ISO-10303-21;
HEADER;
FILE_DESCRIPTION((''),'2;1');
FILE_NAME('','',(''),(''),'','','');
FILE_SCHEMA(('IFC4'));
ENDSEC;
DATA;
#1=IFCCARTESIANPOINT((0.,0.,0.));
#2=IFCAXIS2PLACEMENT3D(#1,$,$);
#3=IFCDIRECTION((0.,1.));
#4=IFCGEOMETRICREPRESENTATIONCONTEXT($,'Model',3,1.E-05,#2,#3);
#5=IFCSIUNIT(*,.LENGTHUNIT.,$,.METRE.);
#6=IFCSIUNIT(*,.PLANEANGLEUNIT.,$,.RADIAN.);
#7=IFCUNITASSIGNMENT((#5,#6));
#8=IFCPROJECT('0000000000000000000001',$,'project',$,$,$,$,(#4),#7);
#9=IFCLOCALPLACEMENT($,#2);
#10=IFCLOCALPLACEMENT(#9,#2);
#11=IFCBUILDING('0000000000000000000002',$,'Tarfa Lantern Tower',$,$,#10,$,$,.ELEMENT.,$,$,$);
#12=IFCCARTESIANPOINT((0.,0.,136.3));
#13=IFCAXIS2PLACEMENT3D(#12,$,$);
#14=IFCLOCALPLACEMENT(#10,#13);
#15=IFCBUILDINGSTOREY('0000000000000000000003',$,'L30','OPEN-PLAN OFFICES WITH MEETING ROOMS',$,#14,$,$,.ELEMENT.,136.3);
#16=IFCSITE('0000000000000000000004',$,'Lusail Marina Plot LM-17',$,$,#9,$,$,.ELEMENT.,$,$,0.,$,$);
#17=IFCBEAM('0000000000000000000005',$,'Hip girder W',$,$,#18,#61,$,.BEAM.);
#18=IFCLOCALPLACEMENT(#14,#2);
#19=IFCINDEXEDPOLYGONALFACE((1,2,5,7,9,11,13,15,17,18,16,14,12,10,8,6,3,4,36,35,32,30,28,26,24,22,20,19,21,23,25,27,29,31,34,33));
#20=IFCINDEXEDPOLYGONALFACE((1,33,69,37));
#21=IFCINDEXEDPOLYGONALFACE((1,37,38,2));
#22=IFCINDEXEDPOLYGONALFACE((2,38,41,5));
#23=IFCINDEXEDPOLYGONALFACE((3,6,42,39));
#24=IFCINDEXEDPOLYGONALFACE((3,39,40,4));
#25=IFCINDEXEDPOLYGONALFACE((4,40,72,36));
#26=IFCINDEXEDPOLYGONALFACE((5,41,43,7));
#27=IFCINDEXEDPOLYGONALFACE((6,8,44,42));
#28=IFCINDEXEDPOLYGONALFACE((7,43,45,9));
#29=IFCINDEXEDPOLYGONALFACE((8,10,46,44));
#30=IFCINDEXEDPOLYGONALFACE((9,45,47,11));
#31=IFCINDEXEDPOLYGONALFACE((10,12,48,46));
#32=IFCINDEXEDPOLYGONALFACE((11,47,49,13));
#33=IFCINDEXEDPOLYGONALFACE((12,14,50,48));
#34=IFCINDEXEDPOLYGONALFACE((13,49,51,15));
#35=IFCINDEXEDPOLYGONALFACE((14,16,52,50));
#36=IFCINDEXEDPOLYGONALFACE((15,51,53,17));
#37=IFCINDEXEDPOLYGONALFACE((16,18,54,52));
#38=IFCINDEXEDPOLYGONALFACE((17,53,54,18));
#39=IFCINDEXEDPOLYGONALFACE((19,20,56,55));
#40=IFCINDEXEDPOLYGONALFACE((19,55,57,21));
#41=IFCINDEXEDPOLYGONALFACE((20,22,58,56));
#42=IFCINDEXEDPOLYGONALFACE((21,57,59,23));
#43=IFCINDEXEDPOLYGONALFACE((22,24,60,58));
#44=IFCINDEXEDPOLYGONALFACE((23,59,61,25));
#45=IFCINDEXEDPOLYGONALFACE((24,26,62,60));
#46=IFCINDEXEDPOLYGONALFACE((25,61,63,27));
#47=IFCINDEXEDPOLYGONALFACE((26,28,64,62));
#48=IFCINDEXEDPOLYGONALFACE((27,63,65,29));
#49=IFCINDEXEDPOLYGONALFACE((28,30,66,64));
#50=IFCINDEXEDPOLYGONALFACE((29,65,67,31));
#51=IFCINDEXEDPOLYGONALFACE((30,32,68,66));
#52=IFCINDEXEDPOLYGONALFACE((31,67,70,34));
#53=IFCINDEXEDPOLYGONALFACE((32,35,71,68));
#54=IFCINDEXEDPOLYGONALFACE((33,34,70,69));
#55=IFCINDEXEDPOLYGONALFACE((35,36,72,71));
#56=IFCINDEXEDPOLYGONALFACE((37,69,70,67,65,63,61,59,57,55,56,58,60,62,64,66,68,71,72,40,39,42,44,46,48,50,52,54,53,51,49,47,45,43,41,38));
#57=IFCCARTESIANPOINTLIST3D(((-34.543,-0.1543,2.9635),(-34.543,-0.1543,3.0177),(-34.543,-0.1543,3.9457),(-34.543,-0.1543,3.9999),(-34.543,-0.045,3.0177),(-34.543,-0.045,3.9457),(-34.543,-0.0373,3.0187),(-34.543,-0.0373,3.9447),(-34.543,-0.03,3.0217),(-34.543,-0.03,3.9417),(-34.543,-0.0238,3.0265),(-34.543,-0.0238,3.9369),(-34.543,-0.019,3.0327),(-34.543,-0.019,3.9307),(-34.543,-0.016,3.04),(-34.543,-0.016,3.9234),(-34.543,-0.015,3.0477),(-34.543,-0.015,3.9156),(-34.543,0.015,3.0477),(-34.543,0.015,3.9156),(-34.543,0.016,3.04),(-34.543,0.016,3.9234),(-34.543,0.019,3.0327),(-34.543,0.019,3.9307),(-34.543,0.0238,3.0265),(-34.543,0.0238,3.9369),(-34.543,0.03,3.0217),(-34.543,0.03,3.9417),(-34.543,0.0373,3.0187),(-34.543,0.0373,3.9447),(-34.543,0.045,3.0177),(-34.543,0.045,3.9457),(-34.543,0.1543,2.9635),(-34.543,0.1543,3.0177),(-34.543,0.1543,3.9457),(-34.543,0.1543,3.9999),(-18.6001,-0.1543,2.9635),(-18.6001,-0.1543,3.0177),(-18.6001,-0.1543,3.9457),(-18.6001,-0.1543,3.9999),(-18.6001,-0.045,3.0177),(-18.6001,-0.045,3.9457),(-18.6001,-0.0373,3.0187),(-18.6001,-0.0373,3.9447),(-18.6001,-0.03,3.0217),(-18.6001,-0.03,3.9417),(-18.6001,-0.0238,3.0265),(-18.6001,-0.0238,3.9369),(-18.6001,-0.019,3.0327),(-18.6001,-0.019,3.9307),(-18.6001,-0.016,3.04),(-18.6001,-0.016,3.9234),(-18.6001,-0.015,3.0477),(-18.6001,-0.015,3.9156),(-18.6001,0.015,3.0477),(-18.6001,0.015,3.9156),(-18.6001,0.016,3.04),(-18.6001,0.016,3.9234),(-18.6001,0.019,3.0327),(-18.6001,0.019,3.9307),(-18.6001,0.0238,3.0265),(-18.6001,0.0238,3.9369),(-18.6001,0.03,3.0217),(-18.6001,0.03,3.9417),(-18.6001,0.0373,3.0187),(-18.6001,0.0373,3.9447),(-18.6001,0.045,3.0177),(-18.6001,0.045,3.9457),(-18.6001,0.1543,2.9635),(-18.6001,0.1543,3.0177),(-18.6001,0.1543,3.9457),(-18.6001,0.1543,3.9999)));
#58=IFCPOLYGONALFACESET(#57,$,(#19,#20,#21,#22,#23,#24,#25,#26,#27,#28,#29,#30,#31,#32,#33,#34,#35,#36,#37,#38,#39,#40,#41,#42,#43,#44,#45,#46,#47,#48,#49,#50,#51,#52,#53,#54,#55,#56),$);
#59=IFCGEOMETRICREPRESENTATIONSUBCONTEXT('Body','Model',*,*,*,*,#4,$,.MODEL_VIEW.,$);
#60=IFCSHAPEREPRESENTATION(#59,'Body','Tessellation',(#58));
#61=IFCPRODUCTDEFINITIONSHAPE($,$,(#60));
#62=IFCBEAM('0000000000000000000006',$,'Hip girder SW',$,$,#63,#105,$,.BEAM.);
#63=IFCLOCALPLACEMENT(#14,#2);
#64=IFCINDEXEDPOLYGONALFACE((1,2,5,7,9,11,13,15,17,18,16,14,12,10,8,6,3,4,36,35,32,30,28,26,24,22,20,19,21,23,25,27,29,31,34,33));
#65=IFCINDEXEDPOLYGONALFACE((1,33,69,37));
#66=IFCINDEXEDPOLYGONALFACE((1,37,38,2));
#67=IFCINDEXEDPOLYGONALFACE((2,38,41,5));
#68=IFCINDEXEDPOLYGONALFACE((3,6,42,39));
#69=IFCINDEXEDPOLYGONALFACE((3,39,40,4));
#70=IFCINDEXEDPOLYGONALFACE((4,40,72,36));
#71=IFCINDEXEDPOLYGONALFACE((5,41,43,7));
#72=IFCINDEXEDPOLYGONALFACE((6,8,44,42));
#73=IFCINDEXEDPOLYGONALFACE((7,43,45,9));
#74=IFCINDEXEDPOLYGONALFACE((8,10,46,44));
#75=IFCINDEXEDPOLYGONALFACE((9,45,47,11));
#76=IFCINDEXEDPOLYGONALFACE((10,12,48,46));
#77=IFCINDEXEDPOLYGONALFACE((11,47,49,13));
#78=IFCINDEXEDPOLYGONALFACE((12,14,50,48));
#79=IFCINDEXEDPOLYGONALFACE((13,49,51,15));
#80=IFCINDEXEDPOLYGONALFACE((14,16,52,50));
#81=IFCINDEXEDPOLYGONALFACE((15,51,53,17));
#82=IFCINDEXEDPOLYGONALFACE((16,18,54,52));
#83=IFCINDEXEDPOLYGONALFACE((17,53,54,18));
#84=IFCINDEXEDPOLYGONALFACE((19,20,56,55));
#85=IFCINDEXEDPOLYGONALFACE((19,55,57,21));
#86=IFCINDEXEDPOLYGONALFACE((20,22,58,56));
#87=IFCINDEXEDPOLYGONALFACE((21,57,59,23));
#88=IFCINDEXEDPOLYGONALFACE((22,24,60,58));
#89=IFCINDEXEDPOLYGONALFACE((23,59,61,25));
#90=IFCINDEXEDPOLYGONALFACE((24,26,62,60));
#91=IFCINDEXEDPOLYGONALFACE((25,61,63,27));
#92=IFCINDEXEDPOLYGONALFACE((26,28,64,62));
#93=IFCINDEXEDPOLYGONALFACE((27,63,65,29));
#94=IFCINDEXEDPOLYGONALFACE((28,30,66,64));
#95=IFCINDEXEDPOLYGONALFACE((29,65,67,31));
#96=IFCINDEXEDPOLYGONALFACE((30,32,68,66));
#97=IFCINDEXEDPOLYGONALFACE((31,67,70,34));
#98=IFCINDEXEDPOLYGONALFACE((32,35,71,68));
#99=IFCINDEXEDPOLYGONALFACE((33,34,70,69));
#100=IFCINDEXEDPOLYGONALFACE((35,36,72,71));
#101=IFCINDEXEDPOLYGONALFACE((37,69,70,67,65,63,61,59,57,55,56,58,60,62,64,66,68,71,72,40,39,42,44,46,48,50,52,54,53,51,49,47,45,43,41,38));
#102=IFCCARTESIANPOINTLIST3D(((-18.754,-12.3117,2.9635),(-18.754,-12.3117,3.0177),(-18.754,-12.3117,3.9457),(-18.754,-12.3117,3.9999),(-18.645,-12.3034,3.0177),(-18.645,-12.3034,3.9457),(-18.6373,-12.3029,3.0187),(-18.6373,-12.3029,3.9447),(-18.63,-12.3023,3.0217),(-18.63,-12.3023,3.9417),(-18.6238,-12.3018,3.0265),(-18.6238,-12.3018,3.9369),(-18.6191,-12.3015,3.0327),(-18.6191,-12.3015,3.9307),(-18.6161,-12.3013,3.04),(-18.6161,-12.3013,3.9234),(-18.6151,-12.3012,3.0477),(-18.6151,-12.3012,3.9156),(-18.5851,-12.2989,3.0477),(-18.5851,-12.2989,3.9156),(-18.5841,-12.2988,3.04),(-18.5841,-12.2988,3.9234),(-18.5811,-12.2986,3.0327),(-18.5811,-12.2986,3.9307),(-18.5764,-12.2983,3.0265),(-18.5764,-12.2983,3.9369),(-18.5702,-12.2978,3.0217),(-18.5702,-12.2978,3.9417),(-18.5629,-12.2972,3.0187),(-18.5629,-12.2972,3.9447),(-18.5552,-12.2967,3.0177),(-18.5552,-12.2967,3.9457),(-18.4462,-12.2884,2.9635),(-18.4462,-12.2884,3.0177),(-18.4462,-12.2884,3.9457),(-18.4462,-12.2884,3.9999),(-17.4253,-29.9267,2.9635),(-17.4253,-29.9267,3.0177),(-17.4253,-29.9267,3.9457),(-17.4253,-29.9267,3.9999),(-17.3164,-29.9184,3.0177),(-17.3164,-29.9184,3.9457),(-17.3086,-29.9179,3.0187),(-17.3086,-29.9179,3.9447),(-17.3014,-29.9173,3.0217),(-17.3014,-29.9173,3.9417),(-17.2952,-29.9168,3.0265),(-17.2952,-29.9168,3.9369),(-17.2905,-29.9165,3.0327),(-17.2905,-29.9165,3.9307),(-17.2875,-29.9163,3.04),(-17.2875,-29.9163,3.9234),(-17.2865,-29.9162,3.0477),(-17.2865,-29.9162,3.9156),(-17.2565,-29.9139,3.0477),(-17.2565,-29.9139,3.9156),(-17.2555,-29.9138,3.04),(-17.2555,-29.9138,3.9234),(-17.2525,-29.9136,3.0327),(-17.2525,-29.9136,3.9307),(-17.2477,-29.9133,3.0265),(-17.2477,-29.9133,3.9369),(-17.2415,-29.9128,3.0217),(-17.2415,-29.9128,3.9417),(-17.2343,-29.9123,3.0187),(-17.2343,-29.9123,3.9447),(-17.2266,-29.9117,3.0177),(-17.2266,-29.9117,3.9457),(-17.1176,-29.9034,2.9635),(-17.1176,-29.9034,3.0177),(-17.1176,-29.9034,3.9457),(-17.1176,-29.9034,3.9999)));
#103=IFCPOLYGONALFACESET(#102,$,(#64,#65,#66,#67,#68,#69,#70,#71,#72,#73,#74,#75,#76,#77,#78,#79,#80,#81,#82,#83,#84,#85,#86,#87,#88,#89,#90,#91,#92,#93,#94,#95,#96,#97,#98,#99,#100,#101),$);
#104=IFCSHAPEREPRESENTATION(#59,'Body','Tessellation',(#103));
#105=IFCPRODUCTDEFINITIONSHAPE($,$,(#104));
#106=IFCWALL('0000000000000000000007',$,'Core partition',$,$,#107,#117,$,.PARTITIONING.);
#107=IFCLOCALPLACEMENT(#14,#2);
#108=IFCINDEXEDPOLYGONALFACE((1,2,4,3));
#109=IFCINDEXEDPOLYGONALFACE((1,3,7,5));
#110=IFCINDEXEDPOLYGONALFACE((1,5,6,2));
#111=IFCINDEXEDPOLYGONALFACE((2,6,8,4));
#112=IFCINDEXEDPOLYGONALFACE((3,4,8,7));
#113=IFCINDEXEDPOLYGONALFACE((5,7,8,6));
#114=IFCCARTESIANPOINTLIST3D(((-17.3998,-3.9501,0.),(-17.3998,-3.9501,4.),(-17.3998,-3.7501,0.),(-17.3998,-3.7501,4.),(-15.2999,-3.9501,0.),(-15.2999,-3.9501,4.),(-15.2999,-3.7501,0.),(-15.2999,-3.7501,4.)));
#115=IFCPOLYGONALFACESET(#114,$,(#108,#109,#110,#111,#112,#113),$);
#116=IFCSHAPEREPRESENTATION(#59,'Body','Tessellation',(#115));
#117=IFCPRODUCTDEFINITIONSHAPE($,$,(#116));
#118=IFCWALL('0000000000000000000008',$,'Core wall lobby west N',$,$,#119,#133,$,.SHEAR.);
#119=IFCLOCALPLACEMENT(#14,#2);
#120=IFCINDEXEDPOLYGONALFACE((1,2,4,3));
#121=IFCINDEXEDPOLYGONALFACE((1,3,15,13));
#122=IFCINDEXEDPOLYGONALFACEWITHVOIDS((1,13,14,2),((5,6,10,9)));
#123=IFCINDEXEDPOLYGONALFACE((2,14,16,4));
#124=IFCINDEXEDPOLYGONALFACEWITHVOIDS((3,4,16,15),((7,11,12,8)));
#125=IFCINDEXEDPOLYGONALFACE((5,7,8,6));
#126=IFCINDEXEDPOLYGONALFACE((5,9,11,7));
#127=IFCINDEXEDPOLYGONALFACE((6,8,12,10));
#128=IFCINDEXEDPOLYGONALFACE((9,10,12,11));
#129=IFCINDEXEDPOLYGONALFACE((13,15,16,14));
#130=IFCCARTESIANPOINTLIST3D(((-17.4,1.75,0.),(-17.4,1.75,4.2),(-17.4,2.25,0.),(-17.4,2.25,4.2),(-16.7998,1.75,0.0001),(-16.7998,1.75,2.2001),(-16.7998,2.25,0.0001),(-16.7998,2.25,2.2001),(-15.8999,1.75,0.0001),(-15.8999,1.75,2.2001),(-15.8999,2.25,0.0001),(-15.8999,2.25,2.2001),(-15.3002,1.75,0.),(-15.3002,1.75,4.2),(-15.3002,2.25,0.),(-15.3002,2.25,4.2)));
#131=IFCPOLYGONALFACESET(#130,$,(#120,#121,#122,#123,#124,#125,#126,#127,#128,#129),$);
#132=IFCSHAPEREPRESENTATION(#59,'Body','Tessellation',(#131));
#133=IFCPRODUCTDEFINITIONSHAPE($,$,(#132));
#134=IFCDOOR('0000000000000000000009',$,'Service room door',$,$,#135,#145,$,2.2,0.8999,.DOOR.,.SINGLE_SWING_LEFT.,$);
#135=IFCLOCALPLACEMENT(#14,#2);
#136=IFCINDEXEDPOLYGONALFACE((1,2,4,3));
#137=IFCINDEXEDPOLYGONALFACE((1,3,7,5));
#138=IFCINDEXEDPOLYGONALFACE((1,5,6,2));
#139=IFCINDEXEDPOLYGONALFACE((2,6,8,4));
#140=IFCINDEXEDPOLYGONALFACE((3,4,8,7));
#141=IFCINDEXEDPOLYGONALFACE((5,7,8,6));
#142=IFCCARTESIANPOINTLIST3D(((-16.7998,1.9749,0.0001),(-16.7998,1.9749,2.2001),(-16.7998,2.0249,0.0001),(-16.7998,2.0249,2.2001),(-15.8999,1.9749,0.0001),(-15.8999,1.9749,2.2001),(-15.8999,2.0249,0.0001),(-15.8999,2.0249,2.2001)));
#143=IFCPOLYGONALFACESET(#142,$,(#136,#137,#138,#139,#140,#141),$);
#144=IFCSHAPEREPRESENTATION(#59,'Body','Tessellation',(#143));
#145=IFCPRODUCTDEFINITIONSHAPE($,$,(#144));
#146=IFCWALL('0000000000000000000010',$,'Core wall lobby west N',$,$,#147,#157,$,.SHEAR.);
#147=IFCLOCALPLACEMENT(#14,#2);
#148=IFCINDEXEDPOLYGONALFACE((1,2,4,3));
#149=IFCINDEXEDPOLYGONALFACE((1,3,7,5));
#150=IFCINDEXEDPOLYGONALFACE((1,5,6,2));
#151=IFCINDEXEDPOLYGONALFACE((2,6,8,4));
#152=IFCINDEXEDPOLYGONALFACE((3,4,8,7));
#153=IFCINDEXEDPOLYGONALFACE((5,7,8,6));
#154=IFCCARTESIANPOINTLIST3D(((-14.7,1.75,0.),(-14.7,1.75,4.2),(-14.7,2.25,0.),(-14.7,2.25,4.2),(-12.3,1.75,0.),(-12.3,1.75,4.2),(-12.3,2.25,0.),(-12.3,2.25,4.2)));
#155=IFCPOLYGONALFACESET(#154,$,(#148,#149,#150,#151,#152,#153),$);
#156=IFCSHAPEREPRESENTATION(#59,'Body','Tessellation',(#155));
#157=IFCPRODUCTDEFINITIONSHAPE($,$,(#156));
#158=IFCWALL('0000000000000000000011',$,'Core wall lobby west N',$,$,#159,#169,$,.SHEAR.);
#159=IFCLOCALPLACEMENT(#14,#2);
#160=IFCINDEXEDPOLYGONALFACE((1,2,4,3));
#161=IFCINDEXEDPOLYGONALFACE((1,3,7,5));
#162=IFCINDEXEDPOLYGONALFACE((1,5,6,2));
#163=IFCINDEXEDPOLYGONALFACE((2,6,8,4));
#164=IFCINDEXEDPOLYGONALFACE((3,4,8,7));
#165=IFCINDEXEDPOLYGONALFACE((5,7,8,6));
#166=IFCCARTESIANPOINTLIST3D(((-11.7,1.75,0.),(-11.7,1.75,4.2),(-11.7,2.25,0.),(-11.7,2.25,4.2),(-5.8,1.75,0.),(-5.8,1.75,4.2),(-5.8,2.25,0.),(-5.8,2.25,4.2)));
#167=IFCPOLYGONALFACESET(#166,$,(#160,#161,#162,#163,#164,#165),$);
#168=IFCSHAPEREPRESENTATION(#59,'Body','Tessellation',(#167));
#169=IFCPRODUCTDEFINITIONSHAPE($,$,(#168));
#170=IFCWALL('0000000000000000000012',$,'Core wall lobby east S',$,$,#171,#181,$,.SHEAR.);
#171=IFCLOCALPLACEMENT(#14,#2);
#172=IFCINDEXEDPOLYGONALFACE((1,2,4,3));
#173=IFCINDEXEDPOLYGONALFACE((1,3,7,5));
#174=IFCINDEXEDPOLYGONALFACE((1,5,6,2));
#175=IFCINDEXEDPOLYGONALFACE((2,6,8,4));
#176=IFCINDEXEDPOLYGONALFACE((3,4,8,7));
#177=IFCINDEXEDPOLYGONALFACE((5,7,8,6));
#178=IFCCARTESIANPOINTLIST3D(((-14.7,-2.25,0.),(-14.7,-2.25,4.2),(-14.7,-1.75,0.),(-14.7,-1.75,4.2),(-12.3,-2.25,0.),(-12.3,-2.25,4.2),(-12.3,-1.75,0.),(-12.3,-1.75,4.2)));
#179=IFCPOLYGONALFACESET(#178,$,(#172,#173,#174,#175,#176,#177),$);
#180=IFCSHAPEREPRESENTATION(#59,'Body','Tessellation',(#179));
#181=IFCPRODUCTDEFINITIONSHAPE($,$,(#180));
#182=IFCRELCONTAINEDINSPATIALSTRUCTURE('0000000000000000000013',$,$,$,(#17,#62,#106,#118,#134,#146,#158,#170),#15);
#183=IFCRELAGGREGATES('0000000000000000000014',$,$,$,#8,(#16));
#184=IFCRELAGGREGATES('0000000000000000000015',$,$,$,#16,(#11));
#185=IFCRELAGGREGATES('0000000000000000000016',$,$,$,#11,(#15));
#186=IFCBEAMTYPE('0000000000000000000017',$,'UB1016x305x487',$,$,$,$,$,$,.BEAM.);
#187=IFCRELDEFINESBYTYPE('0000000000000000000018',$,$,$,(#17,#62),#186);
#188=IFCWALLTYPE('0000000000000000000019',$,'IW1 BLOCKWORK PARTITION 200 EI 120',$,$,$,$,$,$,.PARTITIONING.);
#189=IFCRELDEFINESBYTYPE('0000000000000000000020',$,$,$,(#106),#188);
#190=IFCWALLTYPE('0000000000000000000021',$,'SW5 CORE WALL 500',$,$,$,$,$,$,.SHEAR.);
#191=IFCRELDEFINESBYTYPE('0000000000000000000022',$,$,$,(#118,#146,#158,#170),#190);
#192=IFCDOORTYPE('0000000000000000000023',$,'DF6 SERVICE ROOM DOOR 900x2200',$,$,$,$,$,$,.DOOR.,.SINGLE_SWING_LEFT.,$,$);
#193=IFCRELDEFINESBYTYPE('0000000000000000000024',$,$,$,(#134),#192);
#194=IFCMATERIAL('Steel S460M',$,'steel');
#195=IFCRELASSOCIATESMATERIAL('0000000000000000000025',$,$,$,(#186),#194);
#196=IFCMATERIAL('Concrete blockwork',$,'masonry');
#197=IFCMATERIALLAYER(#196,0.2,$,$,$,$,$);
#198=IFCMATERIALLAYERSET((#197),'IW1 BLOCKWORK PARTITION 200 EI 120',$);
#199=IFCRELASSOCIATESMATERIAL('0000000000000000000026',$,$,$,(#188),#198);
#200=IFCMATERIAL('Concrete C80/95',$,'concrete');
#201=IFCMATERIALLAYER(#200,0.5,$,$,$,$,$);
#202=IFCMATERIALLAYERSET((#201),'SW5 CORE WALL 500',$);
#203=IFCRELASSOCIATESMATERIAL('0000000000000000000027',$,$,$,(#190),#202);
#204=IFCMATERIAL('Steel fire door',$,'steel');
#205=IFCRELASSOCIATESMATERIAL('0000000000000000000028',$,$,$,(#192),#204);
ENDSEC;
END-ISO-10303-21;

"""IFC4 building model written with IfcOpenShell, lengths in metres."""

from ifc_helpers import new_model, si_unit, direction, frame, frame_2d, origin, origin_2d, place, context, subcontext, project, spatial, rectangle, i_section, extrude, material, layer, layer_set, material_profile, profile_set, type_object, element, fill, save


model = new_model("IFC4")

# Units and contexts
model_context = context("Model", 3, precision=1e-05, world=origin(), true_north=direction((0.0, 1.0)))
body_context = subcontext(model_context, "Body", "Model", "MODEL_VIEW")
ifc_project = project(units=[si_unit("LENGTHUNIT", "METRE"), si_unit("PLANEANGLEUNIT", "RADIAN")], contexts=[model_context])

# Site, building, storey
site_placement = place(None, origin())
site = spatial("IfcSite", under=ifc_project, at=site_placement, Name="Lusail Marina Plot LM-17", CompositionType="ELEMENT", RefElevation=0.0)
building_placement = place(site_placement, origin())
building = spatial("IfcBuilding", under=site, at=building_placement, Name="Tarfa Lantern Tower", CompositionType="ELEMENT")
storey_placement = place(building_placement, frame((0.0, 0.0, 136.3)))
storey = spatial("IfcBuildingStorey", under=building, at=storey_placement, Name="L30", Description="OPEN-PLAN OFFICES WITH MEETING ROOMS", CompositionType="ELEMENT", Elevation=136.3)

# Beams
ifc_material_1 = material(Name="Steel S460M", Category="steel")
ifc_material_profile = material_profile(ifc_material_1, i_section(OverallWidth=0.3086, OverallDepth=1.0364, WebThickness=0.03, FlangeThickness=0.0542, FilletRadius=0.03, at=origin_2d()), Name="UB1016x305x487")
ifc_profile_set = profile_set([ifc_material_profile], Name="Steel S460M")
beam_type = type_object("IfcBeamType", Name="UB1016x305x487", PredefinedType="BEAM", material=ifc_profile_set)
beam_1_placement = place(storey_placement, frame((-18.6001, 0.0, 3.4817), z_axis=(-1.0, 0.0, 0.0), x_axis=(0.0, -1.0, 0.0)))
element("IfcBeam", 1, at=beam_1_placement, inside=storey, type_object=beam_type, Name="Hip girder W", PredefinedType="BEAM", context=body_context, shape_type="SweptSolid", body=[
    extrude(i_section(OverallWidth=0.3086, OverallDepth=1.0364, WebThickness=0.03, FlangeThickness=0.0542, FilletRadius=0.03, at=origin_2d()), origin(), (0.0, 0.0, 1.0), 15.9429),
])
beam_2_placement = place(storey_placement, frame((-18.6001, -12.3, 3.4817), z_axis=(0.075212, -0.997168, 0.0), x_axis=(0.997168, 0.075212, 0.0)))
element("IfcBeam", 2, at=beam_2_placement, inside=storey, type_object=beam_type, Name="Hip girder SW", PredefinedType="BEAM", context=body_context, shape_type="SweptSolid", body=[
    extrude(i_section(OverallWidth=0.3086, OverallDepth=1.0364, WebThickness=0.03, FlangeThickness=0.0542, FilletRadius=0.03, at=origin_2d()), origin(), (0.0, 0.0, 1.0), 17.665),
])

# Wall
ifc_material_2 = material(Name="Concrete blockwork", Category="masonry")
ifc_layer_1 = layer(ifc_material_2, 0.2)
ifc_layer_set_1 = layer_set([ifc_layer_1], Name="IW1 BLOCKWORK PARTITION 200 EI 120")
wall_type_1 = type_object("IfcWallType", Name="IW1 BLOCKWORK PARTITION 200 EI 120", PredefinedType="PARTITIONING", material=ifc_layer_set_1)
wall_1_placement = place(storey_placement, frame((-15.3, -3.8501, 0.0), z_axis=(0.0, 0.0, 1.0), x_axis=(-1.0, 0.0, 0.0)))
element("IfcWall", 3, at=wall_1_placement, inside=storey, type_object=wall_type_1, Name="Core partition", PredefinedType="PARTITIONING", context=body_context, shape_type="SweptSolid", body=[
    extrude(rectangle(XDim=2.0999, YDim=0.2, at=frame_2d((1.0498, 0.0))), origin(), (0.0, 0.0, 1.0), 4.0),
])

# Wall, opening, door
ifc_material_3 = material(Name="Concrete C80/95", Category="concrete")
ifc_layer_2 = layer(ifc_material_3, 0.5)
ifc_layer_set_2 = layer_set([ifc_layer_2], Name="SW5 CORE WALL 500")
wall_type_2 = type_object("IfcWallType", Name="SW5 CORE WALL 500", PredefinedType="SHEAR", material=ifc_layer_set_2)
wall_2_placement = place(storey_placement, frame((-17.3999, 2.0, 0.0), z_axis=(0.0, 0.0, 1.0), x_axis=(1.0, 0.0, 0.0)))
wall_2 = element("IfcWall", 4, at=wall_2_placement, inside=storey, type_object=wall_type_2, Name="Core wall lobby west N", PredefinedType="SHEAR", context=body_context, shape_type="SweptSolid", body=[
    extrude(rectangle(XDim=2.0999, YDim=0.5, at=frame_2d((1.0498, 0.0))), origin(), (0.0, 0.0, 1.0), 4.2),
])
opening_1_placement = place(wall_2_placement, frame((0.6001, 0.0, 0.0)))
opening_1 = element("IfcOpeningElement", 5, at=opening_1_placement, cuts=wall_2, PredefinedType="OPENING", context=body_context, shape_type="SweptSolid", body=[
    extrude(rectangle(XDim=0.8999, YDim=2.2, at=frame_2d((0.45, 1.1001))), frame((0.0, 0.26, 0.0), z_axis=(0.0, -1.0, 0.0), x_axis=(1.0, 0.0, 0.0)), (0.0, 0.0, 1.0), 0.52),
])
ifc_material_4 = material(Name="Steel fire door", Category="steel")
door_type_1 = type_object("IfcDoorType", Name="DF6 SERVICE ROOM DOOR 900x2200", OperationType="SINGLE_SWING_LEFT", PredefinedType="DOOR", material=ifc_material_4)
door_1_placement = place(opening_1_placement, origin())
door_1 = element("IfcDoor", 6, at=door_1_placement, inside=storey, type_object=door_type_1, Name="Service room door", OperationType="SINGLE_SWING_LEFT", OverallHeight=2.2, OverallWidth=0.8999, PredefinedType="DOOR", context=body_context, shape_type="SweptSolid", body=[
    extrude(rectangle(XDim=0.8999, YDim=2.2, at=frame_2d((0.45, 1.1001))), frame((0.0, 0.0249, 0.0), z_axis=(0.0, -1.0, 0.0), x_axis=(1.0, 0.0, 0.0)), (0.0, 0.0, 1.0), 0.05),
])
fill(opening_1, door_1)

# Walls
wall_3_placement = place(storey_placement, frame((-14.7, 2.0, 0.0), z_axis=(0.0, 0.0, 1.0), x_axis=(1.0, 0.0, 0.0)))
element("IfcWall", 7, at=wall_3_placement, inside=storey, type_object=wall_type_2, Name="Core wall lobby west N", PredefinedType="SHEAR", context=body_context, shape_type="SweptSolid", body=[
    extrude(rectangle(XDim=2.3999, YDim=0.5, at=frame_2d((1.2, 0.0))), origin(), (0.0, 0.0, 1.0), 4.2),
])
wall_4_placement = place(storey_placement, frame((-11.7, 2.0, 0.0), z_axis=(0.0, 0.0, 1.0), x_axis=(1.0, 0.0, 0.0)))
element("IfcWall", 8, at=wall_4_placement, inside=storey, type_object=wall_type_2, Name="Core wall lobby west N", PredefinedType="SHEAR", context=body_context, shape_type="SweptSolid", body=[
    extrude(rectangle(XDim=5.8999, YDim=0.5, at=frame_2d((2.95, 0.0))), origin(), (0.0, 0.0, 1.0), 4.2),
])
wall_5_placement = place(storey_placement, frame((-12.3, -2.0, 0.0), z_axis=(0.0, 0.0, 1.0), x_axis=(-1.0, 0.0, 0.0)))
element("IfcWall", 9, at=wall_5_placement, inside=storey, type_object=wall_type_2, Name="Core wall lobby east S", PredefinedType="SHEAR", context=body_context, shape_type="SweptSolid", body=[
    extrude(rectangle(XDim=2.3999, YDim=0.5, at=frame_2d((1.2, 0.0))), origin(), (0.0, 0.0, 1.0), 4.2),
])

save(model, "model.ifc")
